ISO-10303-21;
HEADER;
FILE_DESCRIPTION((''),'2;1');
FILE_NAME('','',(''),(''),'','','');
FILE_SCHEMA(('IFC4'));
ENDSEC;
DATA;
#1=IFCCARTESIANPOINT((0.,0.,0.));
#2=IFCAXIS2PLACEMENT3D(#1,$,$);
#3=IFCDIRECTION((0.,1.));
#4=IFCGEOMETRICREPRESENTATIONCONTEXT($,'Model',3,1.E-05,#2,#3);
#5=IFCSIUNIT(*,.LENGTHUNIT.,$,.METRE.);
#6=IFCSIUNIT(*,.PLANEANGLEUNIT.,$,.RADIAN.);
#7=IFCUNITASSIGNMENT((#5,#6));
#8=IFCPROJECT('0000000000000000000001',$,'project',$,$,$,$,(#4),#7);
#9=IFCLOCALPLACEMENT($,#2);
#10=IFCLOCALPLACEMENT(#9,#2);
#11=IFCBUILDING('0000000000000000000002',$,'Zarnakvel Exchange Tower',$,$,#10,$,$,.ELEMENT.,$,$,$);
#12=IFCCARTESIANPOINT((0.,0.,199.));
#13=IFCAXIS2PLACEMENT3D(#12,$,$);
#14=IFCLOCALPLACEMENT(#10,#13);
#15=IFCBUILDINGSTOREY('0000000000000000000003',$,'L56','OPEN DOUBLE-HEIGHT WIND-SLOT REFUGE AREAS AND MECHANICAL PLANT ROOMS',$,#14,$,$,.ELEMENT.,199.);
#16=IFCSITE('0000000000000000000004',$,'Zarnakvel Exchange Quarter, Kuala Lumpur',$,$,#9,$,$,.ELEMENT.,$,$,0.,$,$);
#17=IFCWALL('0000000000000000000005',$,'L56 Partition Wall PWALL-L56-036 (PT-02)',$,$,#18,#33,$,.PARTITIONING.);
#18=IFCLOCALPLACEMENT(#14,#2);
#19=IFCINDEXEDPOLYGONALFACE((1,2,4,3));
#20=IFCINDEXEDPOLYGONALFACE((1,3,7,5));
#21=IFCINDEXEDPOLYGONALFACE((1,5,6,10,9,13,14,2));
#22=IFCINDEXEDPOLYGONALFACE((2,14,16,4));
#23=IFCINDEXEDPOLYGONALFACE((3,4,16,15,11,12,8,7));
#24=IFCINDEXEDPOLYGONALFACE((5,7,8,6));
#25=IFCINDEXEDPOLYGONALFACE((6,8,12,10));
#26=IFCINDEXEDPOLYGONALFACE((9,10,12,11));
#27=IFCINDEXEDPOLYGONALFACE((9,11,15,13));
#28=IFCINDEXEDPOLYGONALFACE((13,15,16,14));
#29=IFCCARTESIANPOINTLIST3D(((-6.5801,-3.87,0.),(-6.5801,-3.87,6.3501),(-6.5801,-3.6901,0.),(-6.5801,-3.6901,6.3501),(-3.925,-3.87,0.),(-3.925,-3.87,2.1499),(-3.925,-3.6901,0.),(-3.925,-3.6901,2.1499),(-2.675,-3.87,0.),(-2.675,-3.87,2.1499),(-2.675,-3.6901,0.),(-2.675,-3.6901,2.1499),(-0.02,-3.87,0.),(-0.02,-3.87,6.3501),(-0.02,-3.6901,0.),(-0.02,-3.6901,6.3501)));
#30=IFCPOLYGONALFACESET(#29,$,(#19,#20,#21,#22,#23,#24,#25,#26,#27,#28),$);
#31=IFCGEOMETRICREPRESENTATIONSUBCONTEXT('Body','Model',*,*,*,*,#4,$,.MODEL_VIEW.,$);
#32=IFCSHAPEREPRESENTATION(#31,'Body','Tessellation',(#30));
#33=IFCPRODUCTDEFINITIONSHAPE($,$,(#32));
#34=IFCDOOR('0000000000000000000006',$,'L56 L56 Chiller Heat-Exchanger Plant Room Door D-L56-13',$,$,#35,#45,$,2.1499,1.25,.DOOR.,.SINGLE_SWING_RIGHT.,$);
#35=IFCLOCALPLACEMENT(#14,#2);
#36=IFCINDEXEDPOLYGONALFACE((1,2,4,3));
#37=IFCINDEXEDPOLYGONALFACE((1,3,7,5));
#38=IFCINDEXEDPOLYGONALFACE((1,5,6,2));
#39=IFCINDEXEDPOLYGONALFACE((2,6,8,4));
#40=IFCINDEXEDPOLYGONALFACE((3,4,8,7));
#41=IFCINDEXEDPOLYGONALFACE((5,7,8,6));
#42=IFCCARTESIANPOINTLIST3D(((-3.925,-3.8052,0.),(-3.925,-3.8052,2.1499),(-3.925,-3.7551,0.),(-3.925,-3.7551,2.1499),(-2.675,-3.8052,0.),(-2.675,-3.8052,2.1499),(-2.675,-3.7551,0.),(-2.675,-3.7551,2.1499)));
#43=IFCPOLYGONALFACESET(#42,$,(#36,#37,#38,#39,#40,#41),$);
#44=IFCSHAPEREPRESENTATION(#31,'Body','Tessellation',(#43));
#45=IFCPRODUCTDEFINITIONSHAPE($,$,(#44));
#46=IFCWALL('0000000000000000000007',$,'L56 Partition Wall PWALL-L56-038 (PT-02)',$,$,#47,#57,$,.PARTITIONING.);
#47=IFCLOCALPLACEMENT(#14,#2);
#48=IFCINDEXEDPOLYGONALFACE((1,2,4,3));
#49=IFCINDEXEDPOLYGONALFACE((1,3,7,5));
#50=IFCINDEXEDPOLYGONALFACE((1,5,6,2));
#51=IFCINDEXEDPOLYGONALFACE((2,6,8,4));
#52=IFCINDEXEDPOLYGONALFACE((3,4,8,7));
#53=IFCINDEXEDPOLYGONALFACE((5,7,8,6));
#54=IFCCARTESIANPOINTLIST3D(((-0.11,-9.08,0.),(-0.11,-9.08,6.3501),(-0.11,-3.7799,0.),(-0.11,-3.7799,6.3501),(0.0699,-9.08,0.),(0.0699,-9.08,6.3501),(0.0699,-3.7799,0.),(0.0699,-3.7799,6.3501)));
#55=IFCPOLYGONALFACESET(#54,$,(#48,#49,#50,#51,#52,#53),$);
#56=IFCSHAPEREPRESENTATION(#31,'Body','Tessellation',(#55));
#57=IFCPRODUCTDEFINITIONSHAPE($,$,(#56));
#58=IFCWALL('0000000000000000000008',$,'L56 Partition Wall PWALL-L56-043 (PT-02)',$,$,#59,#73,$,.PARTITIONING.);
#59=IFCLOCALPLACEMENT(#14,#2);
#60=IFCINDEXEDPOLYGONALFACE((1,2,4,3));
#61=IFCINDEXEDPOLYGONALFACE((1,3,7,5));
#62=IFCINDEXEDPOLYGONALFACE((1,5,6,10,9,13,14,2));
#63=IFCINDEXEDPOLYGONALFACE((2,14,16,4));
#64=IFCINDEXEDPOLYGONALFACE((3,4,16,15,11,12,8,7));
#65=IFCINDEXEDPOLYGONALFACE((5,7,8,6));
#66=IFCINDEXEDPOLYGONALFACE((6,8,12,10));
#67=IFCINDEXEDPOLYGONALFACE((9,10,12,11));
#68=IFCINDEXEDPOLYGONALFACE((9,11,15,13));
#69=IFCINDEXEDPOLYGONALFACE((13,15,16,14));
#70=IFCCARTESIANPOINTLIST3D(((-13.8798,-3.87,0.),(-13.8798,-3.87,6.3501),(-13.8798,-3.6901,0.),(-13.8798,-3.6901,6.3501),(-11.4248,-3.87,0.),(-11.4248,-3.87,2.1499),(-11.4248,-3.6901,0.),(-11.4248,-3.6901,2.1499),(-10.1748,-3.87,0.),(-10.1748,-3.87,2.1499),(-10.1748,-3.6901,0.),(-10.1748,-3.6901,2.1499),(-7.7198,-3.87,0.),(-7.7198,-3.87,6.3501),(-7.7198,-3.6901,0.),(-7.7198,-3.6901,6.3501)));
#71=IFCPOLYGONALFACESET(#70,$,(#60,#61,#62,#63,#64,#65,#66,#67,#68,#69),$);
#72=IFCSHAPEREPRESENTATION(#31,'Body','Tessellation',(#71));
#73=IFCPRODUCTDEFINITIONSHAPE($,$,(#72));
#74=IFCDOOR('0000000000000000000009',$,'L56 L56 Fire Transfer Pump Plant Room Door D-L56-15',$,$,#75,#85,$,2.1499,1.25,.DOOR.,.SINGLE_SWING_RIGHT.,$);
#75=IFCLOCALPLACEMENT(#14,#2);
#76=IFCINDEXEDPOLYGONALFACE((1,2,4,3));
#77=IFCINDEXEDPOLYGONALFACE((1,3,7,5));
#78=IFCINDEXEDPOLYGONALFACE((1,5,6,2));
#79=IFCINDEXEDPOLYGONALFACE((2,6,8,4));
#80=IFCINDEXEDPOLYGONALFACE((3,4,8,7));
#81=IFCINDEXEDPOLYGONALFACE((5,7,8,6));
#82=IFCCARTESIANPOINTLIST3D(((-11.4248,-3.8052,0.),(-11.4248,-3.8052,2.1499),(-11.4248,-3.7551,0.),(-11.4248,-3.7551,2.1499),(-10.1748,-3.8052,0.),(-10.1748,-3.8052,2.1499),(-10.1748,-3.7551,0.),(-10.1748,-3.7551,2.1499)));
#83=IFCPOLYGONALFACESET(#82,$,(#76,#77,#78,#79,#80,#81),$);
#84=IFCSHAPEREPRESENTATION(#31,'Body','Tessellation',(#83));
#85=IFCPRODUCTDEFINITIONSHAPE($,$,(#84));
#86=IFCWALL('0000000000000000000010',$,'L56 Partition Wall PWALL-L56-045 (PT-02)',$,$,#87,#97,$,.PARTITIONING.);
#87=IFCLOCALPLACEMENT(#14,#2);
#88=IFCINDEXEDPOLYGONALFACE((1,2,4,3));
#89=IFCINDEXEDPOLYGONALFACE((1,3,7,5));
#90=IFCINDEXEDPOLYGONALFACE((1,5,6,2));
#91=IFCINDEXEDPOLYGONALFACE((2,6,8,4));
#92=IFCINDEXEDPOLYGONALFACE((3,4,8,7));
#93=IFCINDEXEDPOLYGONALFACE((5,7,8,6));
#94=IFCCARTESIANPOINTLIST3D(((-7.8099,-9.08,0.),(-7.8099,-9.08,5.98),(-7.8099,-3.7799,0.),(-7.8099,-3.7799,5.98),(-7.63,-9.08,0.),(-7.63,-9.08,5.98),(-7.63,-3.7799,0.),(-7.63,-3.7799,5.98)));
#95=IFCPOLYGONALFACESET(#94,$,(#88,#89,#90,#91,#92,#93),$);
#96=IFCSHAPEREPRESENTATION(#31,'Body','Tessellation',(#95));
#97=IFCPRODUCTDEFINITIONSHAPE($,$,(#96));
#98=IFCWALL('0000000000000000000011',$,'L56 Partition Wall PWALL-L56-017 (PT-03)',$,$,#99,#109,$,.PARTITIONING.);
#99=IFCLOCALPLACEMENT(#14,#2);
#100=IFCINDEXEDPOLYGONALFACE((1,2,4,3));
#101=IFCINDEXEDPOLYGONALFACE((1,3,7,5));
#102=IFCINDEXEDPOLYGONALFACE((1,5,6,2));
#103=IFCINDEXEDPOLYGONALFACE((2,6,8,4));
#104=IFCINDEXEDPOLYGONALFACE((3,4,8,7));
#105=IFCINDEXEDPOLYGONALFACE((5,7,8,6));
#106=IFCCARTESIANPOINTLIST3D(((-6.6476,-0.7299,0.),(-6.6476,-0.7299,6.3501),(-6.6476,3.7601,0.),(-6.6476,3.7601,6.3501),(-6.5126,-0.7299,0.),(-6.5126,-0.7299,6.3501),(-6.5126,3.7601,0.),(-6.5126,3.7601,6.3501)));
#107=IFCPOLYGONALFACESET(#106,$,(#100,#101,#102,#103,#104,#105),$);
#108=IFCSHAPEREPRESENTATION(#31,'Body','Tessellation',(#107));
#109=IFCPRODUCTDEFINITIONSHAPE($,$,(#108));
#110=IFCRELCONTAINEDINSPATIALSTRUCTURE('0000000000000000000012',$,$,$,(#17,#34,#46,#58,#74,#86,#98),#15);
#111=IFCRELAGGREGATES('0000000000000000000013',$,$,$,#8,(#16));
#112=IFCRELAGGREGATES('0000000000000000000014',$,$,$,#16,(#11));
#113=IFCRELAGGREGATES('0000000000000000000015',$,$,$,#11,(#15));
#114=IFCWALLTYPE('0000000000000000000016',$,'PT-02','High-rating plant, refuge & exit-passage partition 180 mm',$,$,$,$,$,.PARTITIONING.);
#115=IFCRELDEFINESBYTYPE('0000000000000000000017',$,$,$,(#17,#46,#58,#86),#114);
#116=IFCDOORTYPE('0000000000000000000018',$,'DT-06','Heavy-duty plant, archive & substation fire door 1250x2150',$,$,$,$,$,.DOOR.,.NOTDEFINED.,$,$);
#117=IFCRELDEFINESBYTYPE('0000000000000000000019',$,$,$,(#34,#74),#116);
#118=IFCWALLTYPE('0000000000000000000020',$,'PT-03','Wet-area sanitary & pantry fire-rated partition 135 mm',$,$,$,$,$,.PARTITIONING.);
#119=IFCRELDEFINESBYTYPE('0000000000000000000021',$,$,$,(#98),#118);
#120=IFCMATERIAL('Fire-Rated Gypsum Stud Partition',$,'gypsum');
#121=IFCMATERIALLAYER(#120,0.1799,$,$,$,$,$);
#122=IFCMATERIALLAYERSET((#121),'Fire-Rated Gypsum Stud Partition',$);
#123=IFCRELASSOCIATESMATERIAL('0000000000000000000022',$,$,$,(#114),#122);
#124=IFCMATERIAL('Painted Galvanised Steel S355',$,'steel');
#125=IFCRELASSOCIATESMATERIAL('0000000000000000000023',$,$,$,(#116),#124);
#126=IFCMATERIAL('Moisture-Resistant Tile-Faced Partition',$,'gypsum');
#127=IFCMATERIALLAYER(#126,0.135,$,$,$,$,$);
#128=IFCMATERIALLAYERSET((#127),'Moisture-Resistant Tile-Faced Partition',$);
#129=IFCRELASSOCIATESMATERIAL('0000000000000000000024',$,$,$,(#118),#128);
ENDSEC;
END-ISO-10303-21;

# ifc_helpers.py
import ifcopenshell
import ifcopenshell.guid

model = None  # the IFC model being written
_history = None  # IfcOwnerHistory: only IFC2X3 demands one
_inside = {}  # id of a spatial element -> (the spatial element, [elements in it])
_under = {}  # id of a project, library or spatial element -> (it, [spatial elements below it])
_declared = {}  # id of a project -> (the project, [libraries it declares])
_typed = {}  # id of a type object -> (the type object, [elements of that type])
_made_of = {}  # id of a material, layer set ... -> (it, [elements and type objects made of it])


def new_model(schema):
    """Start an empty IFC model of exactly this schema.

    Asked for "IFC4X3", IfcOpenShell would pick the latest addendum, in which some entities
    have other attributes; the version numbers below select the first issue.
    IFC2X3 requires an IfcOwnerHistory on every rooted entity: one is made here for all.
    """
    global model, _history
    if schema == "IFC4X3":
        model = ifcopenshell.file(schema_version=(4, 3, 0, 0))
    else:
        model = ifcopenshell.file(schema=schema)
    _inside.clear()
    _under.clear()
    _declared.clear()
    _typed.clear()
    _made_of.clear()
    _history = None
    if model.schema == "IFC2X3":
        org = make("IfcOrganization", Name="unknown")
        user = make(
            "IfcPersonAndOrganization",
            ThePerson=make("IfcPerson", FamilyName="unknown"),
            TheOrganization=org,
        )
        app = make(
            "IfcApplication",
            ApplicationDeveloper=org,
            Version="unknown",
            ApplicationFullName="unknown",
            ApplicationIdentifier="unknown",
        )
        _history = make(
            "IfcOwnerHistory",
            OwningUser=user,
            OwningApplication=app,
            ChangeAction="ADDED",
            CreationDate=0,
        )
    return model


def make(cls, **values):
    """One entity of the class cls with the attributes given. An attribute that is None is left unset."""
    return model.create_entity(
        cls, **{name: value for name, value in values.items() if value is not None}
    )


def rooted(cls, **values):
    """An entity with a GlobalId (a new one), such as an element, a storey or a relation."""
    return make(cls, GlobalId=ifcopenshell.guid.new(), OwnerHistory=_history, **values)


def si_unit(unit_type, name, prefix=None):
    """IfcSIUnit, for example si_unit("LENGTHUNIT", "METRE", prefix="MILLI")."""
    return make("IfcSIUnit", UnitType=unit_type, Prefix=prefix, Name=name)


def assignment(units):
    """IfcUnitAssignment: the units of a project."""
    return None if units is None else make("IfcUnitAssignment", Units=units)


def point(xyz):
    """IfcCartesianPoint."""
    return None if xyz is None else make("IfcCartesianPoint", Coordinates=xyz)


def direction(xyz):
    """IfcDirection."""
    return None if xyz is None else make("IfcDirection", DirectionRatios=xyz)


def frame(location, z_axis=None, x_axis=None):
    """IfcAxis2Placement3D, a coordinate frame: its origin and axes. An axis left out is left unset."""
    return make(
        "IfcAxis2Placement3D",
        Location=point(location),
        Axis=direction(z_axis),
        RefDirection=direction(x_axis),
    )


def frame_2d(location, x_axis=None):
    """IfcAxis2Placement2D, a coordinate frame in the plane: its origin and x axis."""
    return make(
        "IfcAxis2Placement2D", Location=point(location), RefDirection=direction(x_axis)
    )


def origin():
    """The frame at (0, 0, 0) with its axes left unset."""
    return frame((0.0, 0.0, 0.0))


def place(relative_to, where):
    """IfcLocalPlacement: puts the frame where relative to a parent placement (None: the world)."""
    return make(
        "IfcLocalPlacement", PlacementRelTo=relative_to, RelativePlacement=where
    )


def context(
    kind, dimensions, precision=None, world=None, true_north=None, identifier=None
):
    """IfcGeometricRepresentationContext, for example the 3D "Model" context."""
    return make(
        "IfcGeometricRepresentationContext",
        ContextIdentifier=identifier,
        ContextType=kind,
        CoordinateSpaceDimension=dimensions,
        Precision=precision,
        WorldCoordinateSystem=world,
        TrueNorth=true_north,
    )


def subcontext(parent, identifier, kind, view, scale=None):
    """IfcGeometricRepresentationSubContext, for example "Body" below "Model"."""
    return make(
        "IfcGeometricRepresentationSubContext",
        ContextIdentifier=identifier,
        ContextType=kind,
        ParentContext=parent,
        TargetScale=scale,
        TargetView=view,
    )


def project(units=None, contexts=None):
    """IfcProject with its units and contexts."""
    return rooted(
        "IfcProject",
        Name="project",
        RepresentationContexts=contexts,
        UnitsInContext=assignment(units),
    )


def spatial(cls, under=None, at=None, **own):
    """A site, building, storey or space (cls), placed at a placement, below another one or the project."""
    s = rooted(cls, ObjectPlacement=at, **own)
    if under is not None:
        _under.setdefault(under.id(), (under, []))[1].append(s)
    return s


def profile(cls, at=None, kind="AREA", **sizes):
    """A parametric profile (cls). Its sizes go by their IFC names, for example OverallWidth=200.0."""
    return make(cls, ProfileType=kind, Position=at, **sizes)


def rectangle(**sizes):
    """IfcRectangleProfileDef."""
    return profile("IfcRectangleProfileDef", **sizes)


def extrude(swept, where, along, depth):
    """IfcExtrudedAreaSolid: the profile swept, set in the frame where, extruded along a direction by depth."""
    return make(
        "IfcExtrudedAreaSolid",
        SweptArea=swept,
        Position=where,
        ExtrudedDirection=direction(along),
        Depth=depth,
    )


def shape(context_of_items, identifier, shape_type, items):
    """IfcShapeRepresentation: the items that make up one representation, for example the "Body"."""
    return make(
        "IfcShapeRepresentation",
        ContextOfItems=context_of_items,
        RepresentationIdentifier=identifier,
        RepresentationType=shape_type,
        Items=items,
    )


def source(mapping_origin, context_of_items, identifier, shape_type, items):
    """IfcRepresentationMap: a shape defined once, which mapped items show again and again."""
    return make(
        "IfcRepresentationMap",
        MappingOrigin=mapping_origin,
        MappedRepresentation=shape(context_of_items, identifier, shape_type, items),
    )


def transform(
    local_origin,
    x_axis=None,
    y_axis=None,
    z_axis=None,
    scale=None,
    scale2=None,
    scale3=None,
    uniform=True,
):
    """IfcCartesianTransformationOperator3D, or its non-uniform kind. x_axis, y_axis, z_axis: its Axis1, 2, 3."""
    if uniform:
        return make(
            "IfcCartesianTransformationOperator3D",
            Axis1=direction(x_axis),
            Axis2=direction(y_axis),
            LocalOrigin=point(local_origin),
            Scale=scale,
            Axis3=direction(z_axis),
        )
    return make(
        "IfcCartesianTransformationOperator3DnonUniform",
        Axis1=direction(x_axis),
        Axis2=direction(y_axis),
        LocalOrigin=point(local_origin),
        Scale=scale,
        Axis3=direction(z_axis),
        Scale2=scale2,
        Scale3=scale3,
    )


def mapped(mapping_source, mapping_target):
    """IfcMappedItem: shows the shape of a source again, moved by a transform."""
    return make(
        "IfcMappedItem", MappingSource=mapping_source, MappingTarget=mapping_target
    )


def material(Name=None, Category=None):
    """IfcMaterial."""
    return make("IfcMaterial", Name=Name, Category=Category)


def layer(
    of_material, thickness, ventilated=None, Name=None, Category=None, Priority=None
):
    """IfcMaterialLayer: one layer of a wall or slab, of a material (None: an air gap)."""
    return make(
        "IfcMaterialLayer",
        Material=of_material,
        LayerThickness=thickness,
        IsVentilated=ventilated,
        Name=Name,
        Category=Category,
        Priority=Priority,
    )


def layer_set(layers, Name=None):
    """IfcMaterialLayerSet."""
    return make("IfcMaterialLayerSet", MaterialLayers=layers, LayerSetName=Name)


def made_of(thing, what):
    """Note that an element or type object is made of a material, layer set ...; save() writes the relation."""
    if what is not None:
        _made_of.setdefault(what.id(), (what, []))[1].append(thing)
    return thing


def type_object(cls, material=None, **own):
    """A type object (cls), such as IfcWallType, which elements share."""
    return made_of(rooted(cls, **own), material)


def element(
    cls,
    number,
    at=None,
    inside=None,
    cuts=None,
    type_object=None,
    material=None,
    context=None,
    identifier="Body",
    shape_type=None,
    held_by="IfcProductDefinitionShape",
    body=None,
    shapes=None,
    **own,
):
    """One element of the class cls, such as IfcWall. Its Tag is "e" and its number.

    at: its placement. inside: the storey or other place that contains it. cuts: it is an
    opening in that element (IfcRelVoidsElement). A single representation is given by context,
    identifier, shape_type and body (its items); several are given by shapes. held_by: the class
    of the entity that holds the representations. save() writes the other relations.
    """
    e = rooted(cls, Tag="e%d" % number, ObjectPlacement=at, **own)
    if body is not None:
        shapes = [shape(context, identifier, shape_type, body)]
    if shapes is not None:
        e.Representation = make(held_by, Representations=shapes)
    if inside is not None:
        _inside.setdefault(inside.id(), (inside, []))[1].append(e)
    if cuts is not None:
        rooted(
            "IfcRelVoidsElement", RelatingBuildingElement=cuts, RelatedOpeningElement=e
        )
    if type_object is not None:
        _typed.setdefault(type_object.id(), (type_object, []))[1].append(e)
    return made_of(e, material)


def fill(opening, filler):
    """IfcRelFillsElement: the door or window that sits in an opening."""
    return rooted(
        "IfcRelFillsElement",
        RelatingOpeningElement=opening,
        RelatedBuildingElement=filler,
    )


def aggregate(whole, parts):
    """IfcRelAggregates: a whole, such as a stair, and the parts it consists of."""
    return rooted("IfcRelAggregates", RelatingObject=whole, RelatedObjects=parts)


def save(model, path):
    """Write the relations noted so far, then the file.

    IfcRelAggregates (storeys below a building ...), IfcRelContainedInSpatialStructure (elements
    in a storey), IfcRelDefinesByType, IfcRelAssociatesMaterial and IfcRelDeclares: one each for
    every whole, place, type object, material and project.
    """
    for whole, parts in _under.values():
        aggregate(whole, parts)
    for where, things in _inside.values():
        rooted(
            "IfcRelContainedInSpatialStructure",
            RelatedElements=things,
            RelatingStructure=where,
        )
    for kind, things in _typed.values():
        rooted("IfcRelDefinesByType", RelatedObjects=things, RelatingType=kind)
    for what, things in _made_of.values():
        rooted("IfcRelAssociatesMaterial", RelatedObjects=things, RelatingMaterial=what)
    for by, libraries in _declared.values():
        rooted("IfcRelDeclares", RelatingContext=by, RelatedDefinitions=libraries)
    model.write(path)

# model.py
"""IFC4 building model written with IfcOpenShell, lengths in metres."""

from ifc_helpers import new_model, si_unit, direction, frame, frame_2d, origin, place, context, subcontext, project, spatial, rectangle, extrude, source, transform, mapped, material, layer, layer_set, type_object, element, fill, save


model = new_model("IFC4")

# Units and contexts
model_context = context("Model", 3, precision=1e-05, world=origin(), true_north=direction((0.0, 1.0)))
body_context = subcontext(model_context, "Body", "Model", "MODEL_VIEW")
ifc_project = project(units=[si_unit("LENGTHUNIT", "METRE"), si_unit("PLANEANGLEUNIT", "RADIAN")], contexts=[model_context])

# Site, building, storey
site_placement = place(None, origin())
site = spatial("IfcSite", under=ifc_project, at=site_placement, Name="Zarnakvel Exchange Quarter, Kuala Lumpur", CompositionType="ELEMENT", RefElevation=0.0)
building_placement = place(site_placement, origin())
building = spatial("IfcBuilding", under=site, at=building_placement, Name="Zarnakvel Exchange Tower", CompositionType="ELEMENT")
storey_placement = place(building_placement, frame((0.0, 0.0, 199.0)))
storey = spatial("IfcBuildingStorey", under=building, at=storey_placement, Name="L56", Description="OPEN DOUBLE-HEIGHT WIND-SLOT REFUGE AREAS AND MECHANICAL PLANT ROOMS", CompositionType="ELEMENT", Elevation=199.0)

# Shared definitions
ifc_material_1 = material(Name="Painted Galvanised Steel S355", Category="steel")

# Wall, opening, door
ifc_material_2 = material(Name="Fire-Rated Gypsum Stud Partition", Category="gypsum")
ifc_layer_1 = layer(ifc_material_2, 0.1799)
ifc_layer_set_1 = layer_set([ifc_layer_1], Name="Fire-Rated Gypsum Stud Partition")
wall_type_1 = type_object("IfcWallType", Name="PT-02", Description="High-rating plant, refuge & exit-passage partition 180 mm", PredefinedType="PARTITIONING", material=ifc_layer_set_1)
wall_1_placement = place(storey_placement, frame((-6.5801, -3.78, 0.0), z_axis=(0.0, 0.0, 1.0), x_axis=(1.0, 0.0, 0.0)))
wall_1 = element("IfcWall", 1, at=wall_1_placement, inside=storey, type_object=wall_type_1, Name="L56 Partition Wall PWALL-L56-036 (PT-02)", PredefinedType="PARTITIONING", context=body_context, shape_type="SweptSolid", body=[
    extrude(rectangle(XDim=6.5601, YDim=0.1799, at=frame_2d((3.28, 0.0))), origin(), (0.0, 0.0, 1.0), 6.3501),
])
opening_1_placement = place(wall_1_placement, frame((2.655, 0.0, 0.0)))
opening_1 = element("IfcOpeningElement", 2, at=opening_1_placement, cuts=wall_1, PredefinedType="OPENING", context=body_context, shape_type="SweptSolid", body=[
    extrude(rectangle(XDim=1.25, YDim=2.1499, at=frame_2d((0.625, 1.075))), frame((0.0, 0.0999, 0.0), z_axis=(0.0, -1.0, 0.0), x_axis=(1.0, 0.0, 0.0)), (0.0, 0.0, 1.0), 0.2),
])
door_type_1 = type_object("IfcDoorType", Name="DT-06", Description="Heavy-duty plant, archive & substation fire door 1250x2150", OperationType="NOTDEFINED", PredefinedType="DOOR", material=ifc_material_1)
shared_shape_1 = source(origin(), body_context, "Body", "SweptSolid", [
    extrude(rectangle(XDim=1.25, YDim=2.1499, at=frame_2d((0.625, 1.075))), frame((0.0, 0.0249, 0.0), z_axis=(0.0, -1.0, 0.0), x_axis=(1.0, 0.0, 0.0)), (0.0, 0.0, 1.0), 0.05),
])
door_1_placement = place(opening_1_placement, origin())
door_1 = element("IfcDoor", 3, at=door_1_placement, inside=storey, type_object=door_type_1, Name="L56 L56 Chiller Heat-Exchanger Plant Room Door D-L56-13", OperationType="SINGLE_SWING_RIGHT", OverallHeight=2.1499, OverallWidth=1.25, PredefinedType="DOOR", context=body_context, shape_type="MappedRepresentation", body=[
    mapped(shared_shape_1, transform((0.0, 0.0, 0.0), x_axis=(1.0, 0.0, 0.0), y_axis=(0.0, 1.0, 0.0), z_axis=(0.0, 0.0, 1.0), scale=1.0)),
])
fill(opening_1, door_1)

# Wall
wall_2_placement = place(storey_placement, frame((-0.02, -3.78, 0.0), z_axis=(0.0, 0.0, 1.0), x_axis=(0.0, -1.0, 0.0)))
element("IfcWall", 4, at=wall_2_placement, inside=storey, type_object=wall_type_1, Name="L56 Partition Wall PWALL-L56-038 (PT-02)", PredefinedType="PARTITIONING", context=body_context, shape_type="SweptSolid", body=[
    extrude(rectangle(XDim=5.3, YDim=0.1799, at=frame_2d((2.6499, 0.0))), origin(), (0.0, 0.0, 1.0), 6.3501),
])

# Wall, opening, door
wall_3_placement = place(storey_placement, frame((-13.8799, -3.78, 0.0), z_axis=(0.0, 0.0, 1.0), x_axis=(1.0, 0.0, 0.0)))
wall_3 = element("IfcWall", 5, at=wall_3_placement, inside=storey, type_object=wall_type_1, Name="L56 Partition Wall PWALL-L56-043 (PT-02)", PredefinedType="PARTITIONING", context=body_context, shape_type="SweptSolid", body=[
    extrude(rectangle(XDim=6.1599, YDim=0.1799, at=frame_2d((3.0801, 0.0))), origin(), (0.0, 0.0, 1.0), 6.3501),
])
opening_2_placement = place(wall_3_placement, frame((2.4551, 0.0, 0.0)))
opening_2 = element("IfcOpeningElement", 6, at=opening_2_placement, cuts=wall_3, PredefinedType="OPENING", context=body_context, shape_type="SweptSolid", body=[
    extrude(rectangle(XDim=1.25, YDim=2.1499, at=frame_2d((0.625, 1.075))), frame((0.0, 0.0999, 0.0), z_axis=(0.0, -1.0, 0.0), x_axis=(1.0, 0.0, 0.0)), (0.0, 0.0, 1.0), 0.2),
])
door_2_placement = place(opening_2_placement, origin())
door_2 = element("IfcDoor", 7, at=door_2_placement, inside=storey, type_object=door_type_1, Name="L56 L56 Fire Transfer Pump Plant Room Door D-L56-15", OperationType="SINGLE_SWING_RIGHT", OverallHeight=2.1499, OverallWidth=1.25, PredefinedType="DOOR", context=body_context, shape_type="MappedRepresentation", body=[
    mapped(shared_shape_1, transform((0.0, 0.0, 0.0), x_axis=(1.0, 0.0, 0.0), y_axis=(0.0, 1.0, 0.0), z_axis=(0.0, 0.0, 1.0), scale=1.0)),
])
fill(opening_2, door_2)

# Walls
wall_4_placement = place(storey_placement, frame((-7.72, -3.78, 0.0), z_axis=(0.0, 0.0, 1.0), x_axis=(0.0, -1.0, 0.0)))
element("IfcWall", 8, at=wall_4_placement, inside=storey, type_object=wall_type_1, Name="L56 Partition Wall PWALL-L56-045 (PT-02)", PredefinedType="PARTITIONING", context=body_context, shape_type="SweptSolid", body=[
    extrude(rectangle(XDim=5.3, YDim=0.1799, at=frame_2d((2.6499, 0.0))), origin(), (0.0, 0.0, 1.0), 5.98),
])
ifc_material_3 = material(Name="Moisture-Resistant Tile-Faced Partition", Category="gypsum")
ifc_layer_2 = layer(ifc_material_3, 0.135)
ifc_layer_set_2 = layer_set([ifc_layer_2], Name="Moisture-Resistant Tile-Faced Partition")
wall_type_2 = type_object("IfcWallType", Name="PT-03", Description="Wet-area sanitary & pantry fire-rated partition 135 mm", PredefinedType="PARTITIONING", material=ifc_layer_set_2)
wall_5_placement = place(storey_placement, frame((-6.5801, -0.73, 0.0), z_axis=(0.0, 0.0, 1.0), x_axis=(0.0, 1.0, 0.0)))
element("IfcWall", 9, at=wall_5_placement, inside=storey, type_object=wall_type_2, Name="L56 Partition Wall PWALL-L56-017 (PT-03)", PredefinedType="PARTITIONING", context=body_context, shape_type="SweptSolid", body=[
    extrude(rectangle(XDim=4.49, YDim=0.135, at=frame_2d((2.2451, 0.0))), origin(), (0.0, 0.0, 1.0), 6.3501),
])

save(model, "model.ifc")
